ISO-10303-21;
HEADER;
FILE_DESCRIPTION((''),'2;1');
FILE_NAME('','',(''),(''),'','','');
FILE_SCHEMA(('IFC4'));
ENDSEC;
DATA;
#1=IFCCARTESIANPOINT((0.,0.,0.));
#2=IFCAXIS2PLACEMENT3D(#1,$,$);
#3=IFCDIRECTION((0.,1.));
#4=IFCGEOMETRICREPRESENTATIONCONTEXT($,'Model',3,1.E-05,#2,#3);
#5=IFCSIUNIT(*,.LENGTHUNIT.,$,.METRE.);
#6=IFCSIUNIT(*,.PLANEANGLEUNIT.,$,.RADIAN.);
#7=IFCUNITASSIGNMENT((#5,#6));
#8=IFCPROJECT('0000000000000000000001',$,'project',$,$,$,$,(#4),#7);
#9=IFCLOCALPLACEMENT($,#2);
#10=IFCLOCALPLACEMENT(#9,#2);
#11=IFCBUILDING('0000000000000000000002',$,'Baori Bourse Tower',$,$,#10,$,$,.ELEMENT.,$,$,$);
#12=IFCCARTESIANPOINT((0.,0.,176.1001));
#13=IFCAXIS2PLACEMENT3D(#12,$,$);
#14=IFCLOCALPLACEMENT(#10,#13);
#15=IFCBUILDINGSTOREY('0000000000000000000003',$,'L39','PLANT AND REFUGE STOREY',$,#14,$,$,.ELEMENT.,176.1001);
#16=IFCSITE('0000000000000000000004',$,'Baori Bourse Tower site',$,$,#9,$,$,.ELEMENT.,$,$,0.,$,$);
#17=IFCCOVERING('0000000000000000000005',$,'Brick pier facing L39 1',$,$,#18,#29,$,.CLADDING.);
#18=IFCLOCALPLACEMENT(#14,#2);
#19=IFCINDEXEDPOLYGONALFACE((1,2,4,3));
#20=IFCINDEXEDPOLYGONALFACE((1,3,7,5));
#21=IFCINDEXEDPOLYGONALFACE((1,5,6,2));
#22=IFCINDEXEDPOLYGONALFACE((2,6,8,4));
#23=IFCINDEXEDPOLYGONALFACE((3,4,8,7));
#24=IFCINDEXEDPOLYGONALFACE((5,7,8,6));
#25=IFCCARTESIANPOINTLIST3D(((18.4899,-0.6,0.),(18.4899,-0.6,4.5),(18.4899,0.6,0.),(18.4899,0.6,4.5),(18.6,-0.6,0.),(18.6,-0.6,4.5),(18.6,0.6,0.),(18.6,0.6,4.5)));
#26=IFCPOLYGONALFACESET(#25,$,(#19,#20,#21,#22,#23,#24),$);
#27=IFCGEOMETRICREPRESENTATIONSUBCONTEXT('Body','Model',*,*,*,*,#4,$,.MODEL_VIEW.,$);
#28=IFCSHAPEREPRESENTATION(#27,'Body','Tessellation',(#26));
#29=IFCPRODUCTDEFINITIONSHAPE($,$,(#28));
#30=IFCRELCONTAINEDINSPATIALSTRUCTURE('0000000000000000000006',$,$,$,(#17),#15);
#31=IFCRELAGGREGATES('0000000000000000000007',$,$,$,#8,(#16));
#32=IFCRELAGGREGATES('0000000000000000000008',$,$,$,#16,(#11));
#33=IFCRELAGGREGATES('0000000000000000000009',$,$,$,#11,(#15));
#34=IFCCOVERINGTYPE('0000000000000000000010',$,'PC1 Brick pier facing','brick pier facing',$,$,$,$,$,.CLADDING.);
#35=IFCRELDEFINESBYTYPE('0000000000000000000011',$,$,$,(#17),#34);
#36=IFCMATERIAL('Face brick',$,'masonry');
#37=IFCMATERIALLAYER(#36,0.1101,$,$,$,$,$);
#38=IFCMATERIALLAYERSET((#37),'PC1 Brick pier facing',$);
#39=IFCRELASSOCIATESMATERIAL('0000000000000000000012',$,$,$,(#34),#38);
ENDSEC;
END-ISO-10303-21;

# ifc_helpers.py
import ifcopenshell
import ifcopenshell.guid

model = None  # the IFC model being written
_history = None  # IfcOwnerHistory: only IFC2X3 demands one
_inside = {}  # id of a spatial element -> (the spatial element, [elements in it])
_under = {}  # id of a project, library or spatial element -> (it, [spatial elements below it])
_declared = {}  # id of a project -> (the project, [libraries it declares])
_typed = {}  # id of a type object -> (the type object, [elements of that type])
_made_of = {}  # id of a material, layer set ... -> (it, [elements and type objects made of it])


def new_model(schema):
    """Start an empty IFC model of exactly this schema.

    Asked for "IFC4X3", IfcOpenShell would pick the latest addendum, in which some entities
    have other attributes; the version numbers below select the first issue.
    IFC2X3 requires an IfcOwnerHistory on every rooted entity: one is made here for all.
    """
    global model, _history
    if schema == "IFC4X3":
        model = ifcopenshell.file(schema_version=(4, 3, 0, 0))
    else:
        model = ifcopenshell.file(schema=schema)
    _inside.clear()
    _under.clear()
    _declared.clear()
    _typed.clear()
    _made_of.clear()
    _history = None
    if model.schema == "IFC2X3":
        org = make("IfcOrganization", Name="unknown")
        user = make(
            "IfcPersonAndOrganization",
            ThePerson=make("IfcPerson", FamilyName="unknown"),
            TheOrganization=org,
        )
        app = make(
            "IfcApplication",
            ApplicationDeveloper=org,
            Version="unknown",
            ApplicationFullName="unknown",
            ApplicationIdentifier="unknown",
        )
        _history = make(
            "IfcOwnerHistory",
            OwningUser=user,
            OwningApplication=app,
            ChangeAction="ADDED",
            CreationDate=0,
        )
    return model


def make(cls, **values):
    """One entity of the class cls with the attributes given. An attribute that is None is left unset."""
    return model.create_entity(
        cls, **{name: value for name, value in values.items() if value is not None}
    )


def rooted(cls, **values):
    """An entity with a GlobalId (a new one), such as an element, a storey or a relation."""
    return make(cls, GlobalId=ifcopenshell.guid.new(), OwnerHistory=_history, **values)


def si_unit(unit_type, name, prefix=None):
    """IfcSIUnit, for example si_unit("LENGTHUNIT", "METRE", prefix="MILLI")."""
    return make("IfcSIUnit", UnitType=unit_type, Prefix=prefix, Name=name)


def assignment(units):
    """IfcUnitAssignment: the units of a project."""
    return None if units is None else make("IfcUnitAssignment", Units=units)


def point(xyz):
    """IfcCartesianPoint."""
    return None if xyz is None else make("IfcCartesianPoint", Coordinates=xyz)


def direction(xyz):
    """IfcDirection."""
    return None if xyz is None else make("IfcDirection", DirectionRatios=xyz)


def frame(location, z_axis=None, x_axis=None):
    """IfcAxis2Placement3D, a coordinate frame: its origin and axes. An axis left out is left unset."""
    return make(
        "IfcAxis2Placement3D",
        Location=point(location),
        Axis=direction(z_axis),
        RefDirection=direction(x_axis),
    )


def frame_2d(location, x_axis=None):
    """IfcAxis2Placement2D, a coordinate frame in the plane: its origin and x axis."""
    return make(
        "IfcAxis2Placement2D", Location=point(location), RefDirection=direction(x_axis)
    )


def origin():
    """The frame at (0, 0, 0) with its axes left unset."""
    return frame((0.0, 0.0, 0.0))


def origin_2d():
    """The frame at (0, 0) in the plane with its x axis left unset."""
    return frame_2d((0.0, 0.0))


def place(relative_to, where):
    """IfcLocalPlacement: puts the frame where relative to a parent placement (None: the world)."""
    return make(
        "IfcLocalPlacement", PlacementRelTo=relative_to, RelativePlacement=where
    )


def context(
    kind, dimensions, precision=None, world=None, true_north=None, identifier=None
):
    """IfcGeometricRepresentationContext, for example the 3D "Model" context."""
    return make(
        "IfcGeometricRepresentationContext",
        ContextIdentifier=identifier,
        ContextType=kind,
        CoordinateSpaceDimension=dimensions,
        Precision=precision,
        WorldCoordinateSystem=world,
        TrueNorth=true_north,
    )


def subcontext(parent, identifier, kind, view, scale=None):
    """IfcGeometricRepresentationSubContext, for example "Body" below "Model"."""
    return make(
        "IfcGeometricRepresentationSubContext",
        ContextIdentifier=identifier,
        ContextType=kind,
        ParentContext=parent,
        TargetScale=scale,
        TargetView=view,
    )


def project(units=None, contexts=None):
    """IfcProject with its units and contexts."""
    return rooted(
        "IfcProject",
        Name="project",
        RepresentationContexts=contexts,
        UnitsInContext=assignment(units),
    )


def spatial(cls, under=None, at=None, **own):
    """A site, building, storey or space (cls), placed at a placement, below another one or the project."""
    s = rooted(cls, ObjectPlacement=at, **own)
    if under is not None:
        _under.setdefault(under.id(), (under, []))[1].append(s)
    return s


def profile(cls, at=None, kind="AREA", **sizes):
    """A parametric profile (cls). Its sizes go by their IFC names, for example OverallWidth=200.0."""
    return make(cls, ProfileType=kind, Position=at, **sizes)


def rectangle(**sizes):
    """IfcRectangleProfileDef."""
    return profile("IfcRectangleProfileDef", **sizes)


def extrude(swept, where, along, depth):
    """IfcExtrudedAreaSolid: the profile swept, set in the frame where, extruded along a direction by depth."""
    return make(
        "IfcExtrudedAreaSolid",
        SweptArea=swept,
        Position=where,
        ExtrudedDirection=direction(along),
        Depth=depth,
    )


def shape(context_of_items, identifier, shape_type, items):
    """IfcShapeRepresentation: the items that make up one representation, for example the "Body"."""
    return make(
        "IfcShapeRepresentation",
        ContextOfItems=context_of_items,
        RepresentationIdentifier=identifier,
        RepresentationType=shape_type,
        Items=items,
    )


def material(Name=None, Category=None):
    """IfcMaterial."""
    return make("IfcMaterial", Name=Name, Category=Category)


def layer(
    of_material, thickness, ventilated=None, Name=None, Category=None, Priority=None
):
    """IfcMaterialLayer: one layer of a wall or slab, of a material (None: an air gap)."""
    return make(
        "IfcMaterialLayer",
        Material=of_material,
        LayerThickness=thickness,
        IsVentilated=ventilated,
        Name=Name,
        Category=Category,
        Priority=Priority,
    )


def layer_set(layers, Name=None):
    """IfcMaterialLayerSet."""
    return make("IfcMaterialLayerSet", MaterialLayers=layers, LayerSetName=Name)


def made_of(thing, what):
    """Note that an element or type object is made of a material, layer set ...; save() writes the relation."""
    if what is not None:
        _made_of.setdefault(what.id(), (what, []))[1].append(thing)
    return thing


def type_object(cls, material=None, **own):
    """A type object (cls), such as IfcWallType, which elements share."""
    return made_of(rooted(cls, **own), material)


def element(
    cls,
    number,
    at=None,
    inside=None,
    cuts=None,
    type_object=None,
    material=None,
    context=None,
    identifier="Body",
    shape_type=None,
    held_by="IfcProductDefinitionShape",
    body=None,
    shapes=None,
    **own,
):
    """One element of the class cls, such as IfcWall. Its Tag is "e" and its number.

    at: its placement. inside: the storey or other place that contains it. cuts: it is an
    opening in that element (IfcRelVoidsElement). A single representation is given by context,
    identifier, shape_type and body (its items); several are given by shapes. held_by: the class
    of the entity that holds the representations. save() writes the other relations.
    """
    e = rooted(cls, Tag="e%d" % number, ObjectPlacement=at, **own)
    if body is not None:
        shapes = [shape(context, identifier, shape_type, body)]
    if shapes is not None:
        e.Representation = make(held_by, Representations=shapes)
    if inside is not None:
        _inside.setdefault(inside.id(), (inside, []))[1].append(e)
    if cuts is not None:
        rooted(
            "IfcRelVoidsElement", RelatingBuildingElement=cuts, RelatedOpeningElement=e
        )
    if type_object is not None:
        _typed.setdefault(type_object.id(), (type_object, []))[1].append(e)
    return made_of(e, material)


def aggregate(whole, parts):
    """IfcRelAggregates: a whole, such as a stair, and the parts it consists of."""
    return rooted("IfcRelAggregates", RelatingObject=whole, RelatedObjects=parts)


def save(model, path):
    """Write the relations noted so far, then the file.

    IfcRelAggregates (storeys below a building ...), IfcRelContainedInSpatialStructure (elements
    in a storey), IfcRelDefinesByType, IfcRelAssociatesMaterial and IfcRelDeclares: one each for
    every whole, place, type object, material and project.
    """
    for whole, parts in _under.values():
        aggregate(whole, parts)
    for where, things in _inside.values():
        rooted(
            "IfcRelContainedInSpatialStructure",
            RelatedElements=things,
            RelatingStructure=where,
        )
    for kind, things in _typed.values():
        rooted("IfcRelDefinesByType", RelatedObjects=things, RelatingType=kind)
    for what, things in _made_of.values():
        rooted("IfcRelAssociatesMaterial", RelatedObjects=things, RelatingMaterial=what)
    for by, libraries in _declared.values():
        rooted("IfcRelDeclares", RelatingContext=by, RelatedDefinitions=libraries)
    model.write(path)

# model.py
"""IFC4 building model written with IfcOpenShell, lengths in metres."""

from ifc_helpers import new_model, si_unit, direction, frame, origin, origin_2d, place, context, subcontext, project, spatial, rectangle, extrude, material, layer, layer_set, type_object, element, save


model = new_model("IFC4")

# Units and contexts
model_context = context("Model", 3, precision=1e-05, world=origin(), true_north=direction((0.0, 1.0)))
body_context = subcontext(model_context, "Body", "Model", "MODEL_VIEW")
ifc_project = project(units=[si_unit("LENGTHUNIT", "METRE"), si_unit("PLANEANGLEUNIT", "RADIAN")], contexts=[model_context])

# Site, building, storey
site_placement = place(None, origin())
site = spatial("IfcSite", under=ifc_project, at=site_placement, Name="Baori Bourse Tower site", CompositionType="ELEMENT", RefElevation=0.0)
building_placement = place(site_placement, origin())
building = spatial("IfcBuilding", under=site, at=building_placement, Name="Baori Bourse Tower", CompositionType="ELEMENT")
storey_placement = place(building_placement, frame((0.0, 0.0, 176.1001)))
storey = spatial("IfcBuildingStorey", under=building, at=storey_placement, Name="L39", Description="PLANT AND REFUGE STOREY", CompositionType="ELEMENT", Elevation=176.1001)

# Covering
ifc_material_1 = material(Name="Face brick", Category="masonry")
ifc_layer_1 = layer(ifc_material_1, 0.1101)
ifc_layer_set_1 = layer_set([ifc_layer_1], Name="PC1 Brick pier facing")
covering_type = type_object("IfcCoveringType", Name="PC1 Brick pier facing", Description="brick pier facing", PredefinedType="CLADDING", material=ifc_layer_set_1)
covering_placement = place(storey_placement, frame((18.5449, 0.0, 0.0), z_axis=(0.0, 0.0, 1.0), x_axis=(1.0, 0.0, 0.0)))
element("IfcCovering", 1, at=covering_placement, inside=storey, type_object=covering_type, Name="Brick pier facing L39 1", PredefinedType="CLADDING", context=body_context, shape_type="SweptSolid", body=[
    extrude(rectangle(XDim=0.1101, YDim=1.2, at=origin_2d()), origin(), (0.0, 0.0, 1.0), 4.5),
])

save(model, "model.ifc")
